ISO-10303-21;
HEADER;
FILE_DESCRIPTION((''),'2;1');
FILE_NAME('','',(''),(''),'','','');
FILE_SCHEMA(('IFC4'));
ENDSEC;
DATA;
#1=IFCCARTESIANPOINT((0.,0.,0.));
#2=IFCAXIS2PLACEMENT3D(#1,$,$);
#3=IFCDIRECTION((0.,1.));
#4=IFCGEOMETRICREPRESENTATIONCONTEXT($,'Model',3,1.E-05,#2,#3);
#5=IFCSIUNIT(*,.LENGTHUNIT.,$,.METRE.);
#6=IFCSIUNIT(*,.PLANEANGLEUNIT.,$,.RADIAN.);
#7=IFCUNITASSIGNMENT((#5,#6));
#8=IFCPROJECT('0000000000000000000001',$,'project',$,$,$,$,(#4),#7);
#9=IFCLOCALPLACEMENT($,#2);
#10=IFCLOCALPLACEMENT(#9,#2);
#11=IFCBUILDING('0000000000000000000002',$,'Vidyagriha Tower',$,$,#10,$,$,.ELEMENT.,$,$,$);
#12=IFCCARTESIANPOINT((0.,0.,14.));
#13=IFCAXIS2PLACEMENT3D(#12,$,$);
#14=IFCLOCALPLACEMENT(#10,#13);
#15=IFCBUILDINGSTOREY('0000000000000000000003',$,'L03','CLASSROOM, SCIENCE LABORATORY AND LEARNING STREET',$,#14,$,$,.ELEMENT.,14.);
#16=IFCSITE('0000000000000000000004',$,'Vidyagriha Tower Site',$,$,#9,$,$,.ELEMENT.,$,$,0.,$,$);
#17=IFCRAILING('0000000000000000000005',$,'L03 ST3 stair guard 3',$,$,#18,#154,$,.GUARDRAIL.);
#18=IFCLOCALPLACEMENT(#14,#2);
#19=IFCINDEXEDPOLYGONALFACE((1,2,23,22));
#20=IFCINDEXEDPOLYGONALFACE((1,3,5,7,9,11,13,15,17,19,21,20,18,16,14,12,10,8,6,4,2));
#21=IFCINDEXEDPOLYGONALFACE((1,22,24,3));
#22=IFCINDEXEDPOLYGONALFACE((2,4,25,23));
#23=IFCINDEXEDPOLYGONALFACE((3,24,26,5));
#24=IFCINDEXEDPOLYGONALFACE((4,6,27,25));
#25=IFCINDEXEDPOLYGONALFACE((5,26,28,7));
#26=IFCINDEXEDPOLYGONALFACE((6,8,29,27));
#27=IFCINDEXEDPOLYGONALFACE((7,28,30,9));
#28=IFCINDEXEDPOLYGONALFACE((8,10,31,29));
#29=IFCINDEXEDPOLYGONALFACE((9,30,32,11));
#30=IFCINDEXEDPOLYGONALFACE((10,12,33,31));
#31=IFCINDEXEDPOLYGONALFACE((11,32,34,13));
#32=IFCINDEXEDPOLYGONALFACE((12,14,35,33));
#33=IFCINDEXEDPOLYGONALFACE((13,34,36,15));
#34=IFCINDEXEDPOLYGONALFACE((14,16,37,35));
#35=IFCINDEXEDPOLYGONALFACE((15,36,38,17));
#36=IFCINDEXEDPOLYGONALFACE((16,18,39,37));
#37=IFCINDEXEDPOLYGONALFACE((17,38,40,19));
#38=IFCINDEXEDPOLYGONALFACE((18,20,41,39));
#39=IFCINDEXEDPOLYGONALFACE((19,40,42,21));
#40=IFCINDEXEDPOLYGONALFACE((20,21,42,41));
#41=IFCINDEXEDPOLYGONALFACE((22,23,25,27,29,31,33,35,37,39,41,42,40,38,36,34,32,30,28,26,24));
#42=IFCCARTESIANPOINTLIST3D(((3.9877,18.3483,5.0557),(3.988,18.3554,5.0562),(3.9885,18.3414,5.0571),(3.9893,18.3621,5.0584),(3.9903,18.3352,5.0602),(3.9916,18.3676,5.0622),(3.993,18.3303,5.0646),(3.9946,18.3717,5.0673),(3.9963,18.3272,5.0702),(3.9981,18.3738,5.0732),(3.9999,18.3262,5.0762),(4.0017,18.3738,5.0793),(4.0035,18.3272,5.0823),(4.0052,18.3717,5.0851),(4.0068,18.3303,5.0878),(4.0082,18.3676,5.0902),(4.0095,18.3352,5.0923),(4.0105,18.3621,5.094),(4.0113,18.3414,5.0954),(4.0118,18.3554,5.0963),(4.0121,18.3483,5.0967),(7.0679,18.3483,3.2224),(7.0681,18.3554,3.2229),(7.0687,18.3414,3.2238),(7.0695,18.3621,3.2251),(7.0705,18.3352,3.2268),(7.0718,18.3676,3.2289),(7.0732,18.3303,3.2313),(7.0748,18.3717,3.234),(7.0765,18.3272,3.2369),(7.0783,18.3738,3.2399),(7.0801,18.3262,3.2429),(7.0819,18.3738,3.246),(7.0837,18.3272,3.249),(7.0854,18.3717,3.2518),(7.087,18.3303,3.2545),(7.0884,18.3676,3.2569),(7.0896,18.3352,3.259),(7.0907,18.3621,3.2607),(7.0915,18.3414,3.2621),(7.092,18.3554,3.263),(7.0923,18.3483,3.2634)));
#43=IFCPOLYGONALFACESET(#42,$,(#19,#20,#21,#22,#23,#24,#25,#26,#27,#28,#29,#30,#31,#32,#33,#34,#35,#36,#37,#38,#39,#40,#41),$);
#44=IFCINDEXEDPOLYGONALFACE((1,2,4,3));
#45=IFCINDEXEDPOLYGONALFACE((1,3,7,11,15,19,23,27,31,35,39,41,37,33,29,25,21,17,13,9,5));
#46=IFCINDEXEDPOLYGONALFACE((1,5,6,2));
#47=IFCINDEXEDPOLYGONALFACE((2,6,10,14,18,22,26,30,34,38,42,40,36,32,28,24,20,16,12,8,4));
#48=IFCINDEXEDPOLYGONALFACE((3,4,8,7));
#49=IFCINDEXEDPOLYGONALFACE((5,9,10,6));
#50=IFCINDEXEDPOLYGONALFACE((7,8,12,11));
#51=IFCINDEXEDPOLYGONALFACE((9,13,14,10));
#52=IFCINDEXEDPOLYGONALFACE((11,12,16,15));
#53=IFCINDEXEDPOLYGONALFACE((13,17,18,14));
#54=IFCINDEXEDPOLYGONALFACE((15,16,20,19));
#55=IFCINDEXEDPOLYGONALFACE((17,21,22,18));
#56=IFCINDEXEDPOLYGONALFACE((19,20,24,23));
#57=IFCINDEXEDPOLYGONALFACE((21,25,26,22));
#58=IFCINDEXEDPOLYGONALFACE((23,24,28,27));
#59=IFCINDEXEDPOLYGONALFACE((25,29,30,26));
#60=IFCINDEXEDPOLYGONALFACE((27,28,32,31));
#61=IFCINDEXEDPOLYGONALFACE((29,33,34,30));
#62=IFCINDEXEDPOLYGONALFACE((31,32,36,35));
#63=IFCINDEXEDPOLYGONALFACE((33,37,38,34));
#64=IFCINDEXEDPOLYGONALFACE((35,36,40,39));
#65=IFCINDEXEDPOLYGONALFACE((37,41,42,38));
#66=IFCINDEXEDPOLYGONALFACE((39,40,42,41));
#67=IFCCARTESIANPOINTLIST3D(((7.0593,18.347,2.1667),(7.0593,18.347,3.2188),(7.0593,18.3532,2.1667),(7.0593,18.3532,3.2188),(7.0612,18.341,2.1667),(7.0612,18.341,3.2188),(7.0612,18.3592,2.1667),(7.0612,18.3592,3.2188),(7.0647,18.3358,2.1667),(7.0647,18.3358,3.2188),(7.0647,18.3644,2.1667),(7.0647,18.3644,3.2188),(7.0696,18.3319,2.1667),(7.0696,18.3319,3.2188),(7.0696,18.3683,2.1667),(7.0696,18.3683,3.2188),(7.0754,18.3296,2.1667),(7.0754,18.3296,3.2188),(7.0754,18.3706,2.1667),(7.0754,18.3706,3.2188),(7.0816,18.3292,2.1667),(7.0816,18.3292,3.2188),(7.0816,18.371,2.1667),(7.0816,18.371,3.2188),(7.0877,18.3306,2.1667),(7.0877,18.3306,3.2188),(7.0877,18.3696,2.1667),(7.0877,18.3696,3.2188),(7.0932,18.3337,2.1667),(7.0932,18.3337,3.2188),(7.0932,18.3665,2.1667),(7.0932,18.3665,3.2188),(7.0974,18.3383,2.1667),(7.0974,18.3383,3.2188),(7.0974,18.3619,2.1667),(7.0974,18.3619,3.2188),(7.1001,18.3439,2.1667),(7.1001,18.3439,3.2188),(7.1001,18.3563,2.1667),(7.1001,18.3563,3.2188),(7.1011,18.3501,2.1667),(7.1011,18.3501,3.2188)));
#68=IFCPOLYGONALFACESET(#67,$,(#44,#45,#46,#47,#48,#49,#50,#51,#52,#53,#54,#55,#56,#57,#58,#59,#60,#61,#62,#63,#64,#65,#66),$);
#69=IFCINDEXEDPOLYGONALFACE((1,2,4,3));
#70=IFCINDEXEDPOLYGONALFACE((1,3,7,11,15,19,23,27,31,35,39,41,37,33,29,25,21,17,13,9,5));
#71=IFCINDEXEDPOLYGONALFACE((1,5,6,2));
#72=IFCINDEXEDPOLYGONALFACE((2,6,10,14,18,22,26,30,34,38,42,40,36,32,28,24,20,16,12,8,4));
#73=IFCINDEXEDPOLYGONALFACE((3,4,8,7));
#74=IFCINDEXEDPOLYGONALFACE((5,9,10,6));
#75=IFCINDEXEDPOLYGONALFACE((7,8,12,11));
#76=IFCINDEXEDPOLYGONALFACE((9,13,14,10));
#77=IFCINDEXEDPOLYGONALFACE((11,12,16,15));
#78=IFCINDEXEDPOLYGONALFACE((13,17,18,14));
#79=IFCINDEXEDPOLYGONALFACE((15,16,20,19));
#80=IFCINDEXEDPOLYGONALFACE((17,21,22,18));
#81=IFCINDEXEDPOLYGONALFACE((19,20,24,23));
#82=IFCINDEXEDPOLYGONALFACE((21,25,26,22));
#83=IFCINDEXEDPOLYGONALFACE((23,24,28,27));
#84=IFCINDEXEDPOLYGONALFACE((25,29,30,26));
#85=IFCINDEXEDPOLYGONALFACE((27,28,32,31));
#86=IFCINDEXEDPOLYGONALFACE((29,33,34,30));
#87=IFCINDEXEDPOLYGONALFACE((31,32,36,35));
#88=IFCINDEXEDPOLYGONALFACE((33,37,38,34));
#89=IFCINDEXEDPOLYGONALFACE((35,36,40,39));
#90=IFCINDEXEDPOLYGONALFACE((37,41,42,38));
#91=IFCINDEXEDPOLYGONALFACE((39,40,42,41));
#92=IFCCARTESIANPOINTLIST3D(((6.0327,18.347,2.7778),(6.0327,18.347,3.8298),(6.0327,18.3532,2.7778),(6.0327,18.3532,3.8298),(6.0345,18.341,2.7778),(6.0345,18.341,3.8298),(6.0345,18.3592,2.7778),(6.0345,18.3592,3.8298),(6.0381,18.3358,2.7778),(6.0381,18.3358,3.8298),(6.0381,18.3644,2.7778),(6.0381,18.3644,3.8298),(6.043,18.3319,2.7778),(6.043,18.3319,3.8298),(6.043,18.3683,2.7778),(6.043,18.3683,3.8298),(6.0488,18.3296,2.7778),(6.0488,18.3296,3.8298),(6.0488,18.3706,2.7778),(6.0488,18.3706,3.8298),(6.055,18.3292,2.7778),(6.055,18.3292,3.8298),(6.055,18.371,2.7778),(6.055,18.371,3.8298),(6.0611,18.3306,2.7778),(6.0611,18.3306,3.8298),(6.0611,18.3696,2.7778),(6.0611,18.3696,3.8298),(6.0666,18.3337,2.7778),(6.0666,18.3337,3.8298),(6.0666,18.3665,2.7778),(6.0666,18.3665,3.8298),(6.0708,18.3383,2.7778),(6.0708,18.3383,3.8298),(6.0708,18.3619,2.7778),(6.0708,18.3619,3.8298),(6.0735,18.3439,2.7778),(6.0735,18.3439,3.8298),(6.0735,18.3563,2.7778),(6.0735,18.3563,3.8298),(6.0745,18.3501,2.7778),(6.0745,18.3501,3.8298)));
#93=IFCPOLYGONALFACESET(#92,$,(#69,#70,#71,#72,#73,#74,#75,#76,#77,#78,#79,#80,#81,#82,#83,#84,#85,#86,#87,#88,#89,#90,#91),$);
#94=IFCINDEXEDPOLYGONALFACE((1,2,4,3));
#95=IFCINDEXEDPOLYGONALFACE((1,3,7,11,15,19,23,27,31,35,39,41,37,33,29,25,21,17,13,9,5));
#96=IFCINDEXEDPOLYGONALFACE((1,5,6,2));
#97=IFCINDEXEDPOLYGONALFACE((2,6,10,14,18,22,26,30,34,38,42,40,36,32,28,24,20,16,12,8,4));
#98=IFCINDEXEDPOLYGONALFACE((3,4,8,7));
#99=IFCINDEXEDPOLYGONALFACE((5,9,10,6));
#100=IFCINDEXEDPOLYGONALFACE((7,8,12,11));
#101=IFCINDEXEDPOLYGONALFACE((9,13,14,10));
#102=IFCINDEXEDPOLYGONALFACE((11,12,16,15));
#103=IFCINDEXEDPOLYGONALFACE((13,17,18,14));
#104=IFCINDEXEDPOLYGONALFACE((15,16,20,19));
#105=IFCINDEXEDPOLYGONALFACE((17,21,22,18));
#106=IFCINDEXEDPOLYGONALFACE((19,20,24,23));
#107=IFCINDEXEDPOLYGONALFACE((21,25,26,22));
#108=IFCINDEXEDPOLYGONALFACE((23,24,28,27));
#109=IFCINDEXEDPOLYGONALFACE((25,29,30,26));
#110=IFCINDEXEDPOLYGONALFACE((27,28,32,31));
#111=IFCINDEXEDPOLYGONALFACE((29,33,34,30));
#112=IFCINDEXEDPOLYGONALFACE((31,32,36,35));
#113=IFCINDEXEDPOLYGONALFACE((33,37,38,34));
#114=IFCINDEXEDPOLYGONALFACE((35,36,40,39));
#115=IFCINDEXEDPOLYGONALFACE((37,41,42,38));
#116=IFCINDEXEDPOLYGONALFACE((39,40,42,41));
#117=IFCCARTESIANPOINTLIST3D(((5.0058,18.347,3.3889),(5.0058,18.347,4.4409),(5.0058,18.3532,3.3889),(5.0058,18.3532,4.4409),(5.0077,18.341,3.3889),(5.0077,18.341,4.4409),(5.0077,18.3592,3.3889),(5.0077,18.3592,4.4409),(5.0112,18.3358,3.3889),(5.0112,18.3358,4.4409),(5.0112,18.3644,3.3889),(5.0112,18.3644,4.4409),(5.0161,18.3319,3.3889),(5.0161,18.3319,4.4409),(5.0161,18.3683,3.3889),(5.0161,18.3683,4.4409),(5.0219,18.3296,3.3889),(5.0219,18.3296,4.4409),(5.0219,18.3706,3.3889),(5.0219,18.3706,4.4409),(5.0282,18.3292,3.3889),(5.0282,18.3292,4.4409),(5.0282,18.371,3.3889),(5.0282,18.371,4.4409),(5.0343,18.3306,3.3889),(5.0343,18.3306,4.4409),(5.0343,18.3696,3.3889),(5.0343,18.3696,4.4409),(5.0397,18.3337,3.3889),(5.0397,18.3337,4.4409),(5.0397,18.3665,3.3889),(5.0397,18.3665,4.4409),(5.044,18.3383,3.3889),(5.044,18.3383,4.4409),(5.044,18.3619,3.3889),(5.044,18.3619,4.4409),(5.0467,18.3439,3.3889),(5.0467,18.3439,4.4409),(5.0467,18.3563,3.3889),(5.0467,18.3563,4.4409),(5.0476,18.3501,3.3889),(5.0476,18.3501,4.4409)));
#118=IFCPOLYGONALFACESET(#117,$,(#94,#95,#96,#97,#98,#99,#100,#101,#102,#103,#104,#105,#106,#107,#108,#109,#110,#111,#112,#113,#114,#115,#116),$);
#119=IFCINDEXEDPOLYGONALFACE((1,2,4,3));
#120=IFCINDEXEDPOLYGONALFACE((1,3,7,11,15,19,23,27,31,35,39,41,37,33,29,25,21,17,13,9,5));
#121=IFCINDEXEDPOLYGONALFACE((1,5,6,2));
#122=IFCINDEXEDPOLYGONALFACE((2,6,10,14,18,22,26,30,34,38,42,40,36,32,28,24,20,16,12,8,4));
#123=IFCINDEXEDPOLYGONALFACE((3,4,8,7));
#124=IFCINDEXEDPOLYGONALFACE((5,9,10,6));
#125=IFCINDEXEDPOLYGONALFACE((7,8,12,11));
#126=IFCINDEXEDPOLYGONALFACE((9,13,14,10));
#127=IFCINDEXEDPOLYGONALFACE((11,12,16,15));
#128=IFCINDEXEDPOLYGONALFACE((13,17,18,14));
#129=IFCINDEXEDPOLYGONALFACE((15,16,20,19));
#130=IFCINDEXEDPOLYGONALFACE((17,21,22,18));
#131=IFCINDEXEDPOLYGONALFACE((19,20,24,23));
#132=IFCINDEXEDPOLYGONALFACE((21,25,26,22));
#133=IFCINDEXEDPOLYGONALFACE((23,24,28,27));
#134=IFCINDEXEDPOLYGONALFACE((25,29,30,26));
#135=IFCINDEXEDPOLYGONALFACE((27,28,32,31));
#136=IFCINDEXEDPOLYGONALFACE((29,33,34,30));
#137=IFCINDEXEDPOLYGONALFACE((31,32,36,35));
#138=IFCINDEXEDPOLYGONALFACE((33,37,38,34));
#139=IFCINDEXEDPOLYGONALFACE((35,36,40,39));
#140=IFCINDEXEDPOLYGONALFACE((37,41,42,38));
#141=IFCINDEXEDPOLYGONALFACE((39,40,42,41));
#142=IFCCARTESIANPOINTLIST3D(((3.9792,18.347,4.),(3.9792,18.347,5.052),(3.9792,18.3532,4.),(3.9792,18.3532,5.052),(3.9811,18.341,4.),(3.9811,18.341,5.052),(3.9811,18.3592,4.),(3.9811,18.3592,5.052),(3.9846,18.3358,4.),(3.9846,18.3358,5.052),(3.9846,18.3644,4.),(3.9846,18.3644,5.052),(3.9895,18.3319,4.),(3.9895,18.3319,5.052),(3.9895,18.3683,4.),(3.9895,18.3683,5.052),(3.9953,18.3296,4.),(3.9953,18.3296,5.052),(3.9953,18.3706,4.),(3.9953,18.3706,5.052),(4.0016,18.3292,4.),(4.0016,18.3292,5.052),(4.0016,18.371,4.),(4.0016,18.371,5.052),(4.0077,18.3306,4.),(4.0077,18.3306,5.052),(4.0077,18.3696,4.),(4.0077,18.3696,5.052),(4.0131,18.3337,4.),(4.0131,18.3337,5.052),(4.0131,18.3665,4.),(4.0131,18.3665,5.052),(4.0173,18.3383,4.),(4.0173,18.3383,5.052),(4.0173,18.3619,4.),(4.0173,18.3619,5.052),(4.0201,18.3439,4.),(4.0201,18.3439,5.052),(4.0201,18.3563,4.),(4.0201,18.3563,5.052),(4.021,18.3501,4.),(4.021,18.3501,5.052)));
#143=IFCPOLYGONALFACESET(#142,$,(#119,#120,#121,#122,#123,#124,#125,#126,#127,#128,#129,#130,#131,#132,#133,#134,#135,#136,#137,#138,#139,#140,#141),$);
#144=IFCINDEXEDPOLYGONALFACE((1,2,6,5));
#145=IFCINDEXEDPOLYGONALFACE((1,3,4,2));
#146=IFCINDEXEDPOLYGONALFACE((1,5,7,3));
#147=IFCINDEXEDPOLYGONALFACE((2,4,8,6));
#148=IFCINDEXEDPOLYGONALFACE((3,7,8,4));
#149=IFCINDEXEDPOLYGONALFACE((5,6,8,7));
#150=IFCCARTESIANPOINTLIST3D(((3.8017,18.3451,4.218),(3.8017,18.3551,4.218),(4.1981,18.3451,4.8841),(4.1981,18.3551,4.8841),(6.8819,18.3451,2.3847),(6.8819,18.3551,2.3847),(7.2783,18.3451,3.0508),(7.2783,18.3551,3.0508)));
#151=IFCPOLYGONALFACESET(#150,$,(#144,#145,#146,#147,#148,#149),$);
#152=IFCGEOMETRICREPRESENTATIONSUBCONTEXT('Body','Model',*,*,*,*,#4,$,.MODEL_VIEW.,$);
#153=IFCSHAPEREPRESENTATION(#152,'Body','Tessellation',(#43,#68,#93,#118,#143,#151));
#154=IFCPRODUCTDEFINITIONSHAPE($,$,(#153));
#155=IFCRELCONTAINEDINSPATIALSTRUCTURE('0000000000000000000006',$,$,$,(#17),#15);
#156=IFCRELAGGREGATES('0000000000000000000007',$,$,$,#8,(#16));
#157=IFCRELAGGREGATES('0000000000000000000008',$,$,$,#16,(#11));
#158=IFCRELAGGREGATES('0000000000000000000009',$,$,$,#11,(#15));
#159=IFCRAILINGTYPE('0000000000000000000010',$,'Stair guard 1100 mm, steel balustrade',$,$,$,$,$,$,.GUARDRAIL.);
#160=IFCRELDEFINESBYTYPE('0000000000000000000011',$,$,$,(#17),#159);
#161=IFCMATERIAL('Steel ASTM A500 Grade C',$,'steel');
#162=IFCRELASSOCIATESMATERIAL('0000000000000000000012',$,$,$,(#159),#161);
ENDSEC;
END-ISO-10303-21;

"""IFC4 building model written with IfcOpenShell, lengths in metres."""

from ifc_helpers import new_model, si_unit, direction, frame, origin, origin_2d, place, context, subcontext, project, spatial, rectangle, circle, extrude, material, type_object, element, save


model = new_model("IFC4")

# Units and contexts
model_context = context("Model", 3, precision=1e-05, world=origin(), true_north=direction((0.0, 1.0)))
body_context = subcontext(model_context, "Body", "Model", "MODEL_VIEW")
ifc_project = project(units=[si_unit("LENGTHUNIT", "METRE"), si_unit("PLANEANGLEUNIT", "RADIAN")], contexts=[model_context])

# Site, building, storey
site_placement = place(None, origin())
site = spatial("IfcSite", under=ifc_project, at=site_placement, Name="Vidyagriha Tower Site", CompositionType="ELEMENT", RefElevation=0.0)
building_placement = place(site_placement, origin())
building = spatial("IfcBuilding", under=site, at=building_placement, Name="Vidyagriha Tower", CompositionType="ELEMENT")
storey_placement = place(building_placement, frame((0.0, 0.0, 14.0)))
storey = spatial("IfcBuildingStorey", under=building, at=storey_placement, Name="L03", Description="CLASSROOM, SCIENCE LABORATORY AND LEARNING STREET", CompositionType="ELEMENT", Elevation=14.0)

# Railing
ifc_material_1 = material(Name="Steel ASTM A500 Grade C", Category="steel")
railing_type_1 = type_object("IfcRailingType", Name="Stair guard 1100 mm, steel balustrade", PredefinedType="GUARDRAIL", material=ifc_material_1)
railing_1_placement = place(storey_placement, frame((7.0801, 18.3501, 2.1667)))
element("IfcRailing", 1, at=railing_1_placement, inside=storey, type_object=railing_type_1, Name="L03 ST3 stair guard 3", PredefinedType="GUARDRAIL", context=body_context, shape_type="SweptSolid", body=[
    extrude(circle(Radius=0.0239, at=origin_2d()), frame((0.0, 0.0, 1.0762), z_axis=(-0.859309, 0.0, 0.511458), x_axis=(0.0, -1.0, 0.0)), (0.0, 0.0, 1.0), 3.5845),
    extrude(circle(Radius=0.021, at=origin_2d()), origin(), (0.0, 0.0, 1.0), 1.052),
    extrude(circle(Radius=0.021, at=origin_2d()), frame((-1.0266, 0.0, 0.6111)), (0.0, 0.0, 1.0), 1.052),
    extrude(circle(Radius=0.021, at=origin_2d()), frame((-2.0535, 0.0, 1.2222)), (0.0, 0.0, 1.0), 1.052),
    extrude(circle(Radius=0.021, at=origin_2d()), frame((-3.0801, 0.0, 1.8333)), (0.0, 0.0, 1.0), 1.052),
    extrude(rectangle(XDim=0.01, YDim=0.7751, at=origin_2d()), frame((0.0, 0.0, 0.551), z_axis=(-0.859309, 0.0, 0.511458), x_axis=(0.0, -1.0, 0.0)), (0.0, 0.0, 1.0), 3.5845),
])

save(model, "model.ifc")
